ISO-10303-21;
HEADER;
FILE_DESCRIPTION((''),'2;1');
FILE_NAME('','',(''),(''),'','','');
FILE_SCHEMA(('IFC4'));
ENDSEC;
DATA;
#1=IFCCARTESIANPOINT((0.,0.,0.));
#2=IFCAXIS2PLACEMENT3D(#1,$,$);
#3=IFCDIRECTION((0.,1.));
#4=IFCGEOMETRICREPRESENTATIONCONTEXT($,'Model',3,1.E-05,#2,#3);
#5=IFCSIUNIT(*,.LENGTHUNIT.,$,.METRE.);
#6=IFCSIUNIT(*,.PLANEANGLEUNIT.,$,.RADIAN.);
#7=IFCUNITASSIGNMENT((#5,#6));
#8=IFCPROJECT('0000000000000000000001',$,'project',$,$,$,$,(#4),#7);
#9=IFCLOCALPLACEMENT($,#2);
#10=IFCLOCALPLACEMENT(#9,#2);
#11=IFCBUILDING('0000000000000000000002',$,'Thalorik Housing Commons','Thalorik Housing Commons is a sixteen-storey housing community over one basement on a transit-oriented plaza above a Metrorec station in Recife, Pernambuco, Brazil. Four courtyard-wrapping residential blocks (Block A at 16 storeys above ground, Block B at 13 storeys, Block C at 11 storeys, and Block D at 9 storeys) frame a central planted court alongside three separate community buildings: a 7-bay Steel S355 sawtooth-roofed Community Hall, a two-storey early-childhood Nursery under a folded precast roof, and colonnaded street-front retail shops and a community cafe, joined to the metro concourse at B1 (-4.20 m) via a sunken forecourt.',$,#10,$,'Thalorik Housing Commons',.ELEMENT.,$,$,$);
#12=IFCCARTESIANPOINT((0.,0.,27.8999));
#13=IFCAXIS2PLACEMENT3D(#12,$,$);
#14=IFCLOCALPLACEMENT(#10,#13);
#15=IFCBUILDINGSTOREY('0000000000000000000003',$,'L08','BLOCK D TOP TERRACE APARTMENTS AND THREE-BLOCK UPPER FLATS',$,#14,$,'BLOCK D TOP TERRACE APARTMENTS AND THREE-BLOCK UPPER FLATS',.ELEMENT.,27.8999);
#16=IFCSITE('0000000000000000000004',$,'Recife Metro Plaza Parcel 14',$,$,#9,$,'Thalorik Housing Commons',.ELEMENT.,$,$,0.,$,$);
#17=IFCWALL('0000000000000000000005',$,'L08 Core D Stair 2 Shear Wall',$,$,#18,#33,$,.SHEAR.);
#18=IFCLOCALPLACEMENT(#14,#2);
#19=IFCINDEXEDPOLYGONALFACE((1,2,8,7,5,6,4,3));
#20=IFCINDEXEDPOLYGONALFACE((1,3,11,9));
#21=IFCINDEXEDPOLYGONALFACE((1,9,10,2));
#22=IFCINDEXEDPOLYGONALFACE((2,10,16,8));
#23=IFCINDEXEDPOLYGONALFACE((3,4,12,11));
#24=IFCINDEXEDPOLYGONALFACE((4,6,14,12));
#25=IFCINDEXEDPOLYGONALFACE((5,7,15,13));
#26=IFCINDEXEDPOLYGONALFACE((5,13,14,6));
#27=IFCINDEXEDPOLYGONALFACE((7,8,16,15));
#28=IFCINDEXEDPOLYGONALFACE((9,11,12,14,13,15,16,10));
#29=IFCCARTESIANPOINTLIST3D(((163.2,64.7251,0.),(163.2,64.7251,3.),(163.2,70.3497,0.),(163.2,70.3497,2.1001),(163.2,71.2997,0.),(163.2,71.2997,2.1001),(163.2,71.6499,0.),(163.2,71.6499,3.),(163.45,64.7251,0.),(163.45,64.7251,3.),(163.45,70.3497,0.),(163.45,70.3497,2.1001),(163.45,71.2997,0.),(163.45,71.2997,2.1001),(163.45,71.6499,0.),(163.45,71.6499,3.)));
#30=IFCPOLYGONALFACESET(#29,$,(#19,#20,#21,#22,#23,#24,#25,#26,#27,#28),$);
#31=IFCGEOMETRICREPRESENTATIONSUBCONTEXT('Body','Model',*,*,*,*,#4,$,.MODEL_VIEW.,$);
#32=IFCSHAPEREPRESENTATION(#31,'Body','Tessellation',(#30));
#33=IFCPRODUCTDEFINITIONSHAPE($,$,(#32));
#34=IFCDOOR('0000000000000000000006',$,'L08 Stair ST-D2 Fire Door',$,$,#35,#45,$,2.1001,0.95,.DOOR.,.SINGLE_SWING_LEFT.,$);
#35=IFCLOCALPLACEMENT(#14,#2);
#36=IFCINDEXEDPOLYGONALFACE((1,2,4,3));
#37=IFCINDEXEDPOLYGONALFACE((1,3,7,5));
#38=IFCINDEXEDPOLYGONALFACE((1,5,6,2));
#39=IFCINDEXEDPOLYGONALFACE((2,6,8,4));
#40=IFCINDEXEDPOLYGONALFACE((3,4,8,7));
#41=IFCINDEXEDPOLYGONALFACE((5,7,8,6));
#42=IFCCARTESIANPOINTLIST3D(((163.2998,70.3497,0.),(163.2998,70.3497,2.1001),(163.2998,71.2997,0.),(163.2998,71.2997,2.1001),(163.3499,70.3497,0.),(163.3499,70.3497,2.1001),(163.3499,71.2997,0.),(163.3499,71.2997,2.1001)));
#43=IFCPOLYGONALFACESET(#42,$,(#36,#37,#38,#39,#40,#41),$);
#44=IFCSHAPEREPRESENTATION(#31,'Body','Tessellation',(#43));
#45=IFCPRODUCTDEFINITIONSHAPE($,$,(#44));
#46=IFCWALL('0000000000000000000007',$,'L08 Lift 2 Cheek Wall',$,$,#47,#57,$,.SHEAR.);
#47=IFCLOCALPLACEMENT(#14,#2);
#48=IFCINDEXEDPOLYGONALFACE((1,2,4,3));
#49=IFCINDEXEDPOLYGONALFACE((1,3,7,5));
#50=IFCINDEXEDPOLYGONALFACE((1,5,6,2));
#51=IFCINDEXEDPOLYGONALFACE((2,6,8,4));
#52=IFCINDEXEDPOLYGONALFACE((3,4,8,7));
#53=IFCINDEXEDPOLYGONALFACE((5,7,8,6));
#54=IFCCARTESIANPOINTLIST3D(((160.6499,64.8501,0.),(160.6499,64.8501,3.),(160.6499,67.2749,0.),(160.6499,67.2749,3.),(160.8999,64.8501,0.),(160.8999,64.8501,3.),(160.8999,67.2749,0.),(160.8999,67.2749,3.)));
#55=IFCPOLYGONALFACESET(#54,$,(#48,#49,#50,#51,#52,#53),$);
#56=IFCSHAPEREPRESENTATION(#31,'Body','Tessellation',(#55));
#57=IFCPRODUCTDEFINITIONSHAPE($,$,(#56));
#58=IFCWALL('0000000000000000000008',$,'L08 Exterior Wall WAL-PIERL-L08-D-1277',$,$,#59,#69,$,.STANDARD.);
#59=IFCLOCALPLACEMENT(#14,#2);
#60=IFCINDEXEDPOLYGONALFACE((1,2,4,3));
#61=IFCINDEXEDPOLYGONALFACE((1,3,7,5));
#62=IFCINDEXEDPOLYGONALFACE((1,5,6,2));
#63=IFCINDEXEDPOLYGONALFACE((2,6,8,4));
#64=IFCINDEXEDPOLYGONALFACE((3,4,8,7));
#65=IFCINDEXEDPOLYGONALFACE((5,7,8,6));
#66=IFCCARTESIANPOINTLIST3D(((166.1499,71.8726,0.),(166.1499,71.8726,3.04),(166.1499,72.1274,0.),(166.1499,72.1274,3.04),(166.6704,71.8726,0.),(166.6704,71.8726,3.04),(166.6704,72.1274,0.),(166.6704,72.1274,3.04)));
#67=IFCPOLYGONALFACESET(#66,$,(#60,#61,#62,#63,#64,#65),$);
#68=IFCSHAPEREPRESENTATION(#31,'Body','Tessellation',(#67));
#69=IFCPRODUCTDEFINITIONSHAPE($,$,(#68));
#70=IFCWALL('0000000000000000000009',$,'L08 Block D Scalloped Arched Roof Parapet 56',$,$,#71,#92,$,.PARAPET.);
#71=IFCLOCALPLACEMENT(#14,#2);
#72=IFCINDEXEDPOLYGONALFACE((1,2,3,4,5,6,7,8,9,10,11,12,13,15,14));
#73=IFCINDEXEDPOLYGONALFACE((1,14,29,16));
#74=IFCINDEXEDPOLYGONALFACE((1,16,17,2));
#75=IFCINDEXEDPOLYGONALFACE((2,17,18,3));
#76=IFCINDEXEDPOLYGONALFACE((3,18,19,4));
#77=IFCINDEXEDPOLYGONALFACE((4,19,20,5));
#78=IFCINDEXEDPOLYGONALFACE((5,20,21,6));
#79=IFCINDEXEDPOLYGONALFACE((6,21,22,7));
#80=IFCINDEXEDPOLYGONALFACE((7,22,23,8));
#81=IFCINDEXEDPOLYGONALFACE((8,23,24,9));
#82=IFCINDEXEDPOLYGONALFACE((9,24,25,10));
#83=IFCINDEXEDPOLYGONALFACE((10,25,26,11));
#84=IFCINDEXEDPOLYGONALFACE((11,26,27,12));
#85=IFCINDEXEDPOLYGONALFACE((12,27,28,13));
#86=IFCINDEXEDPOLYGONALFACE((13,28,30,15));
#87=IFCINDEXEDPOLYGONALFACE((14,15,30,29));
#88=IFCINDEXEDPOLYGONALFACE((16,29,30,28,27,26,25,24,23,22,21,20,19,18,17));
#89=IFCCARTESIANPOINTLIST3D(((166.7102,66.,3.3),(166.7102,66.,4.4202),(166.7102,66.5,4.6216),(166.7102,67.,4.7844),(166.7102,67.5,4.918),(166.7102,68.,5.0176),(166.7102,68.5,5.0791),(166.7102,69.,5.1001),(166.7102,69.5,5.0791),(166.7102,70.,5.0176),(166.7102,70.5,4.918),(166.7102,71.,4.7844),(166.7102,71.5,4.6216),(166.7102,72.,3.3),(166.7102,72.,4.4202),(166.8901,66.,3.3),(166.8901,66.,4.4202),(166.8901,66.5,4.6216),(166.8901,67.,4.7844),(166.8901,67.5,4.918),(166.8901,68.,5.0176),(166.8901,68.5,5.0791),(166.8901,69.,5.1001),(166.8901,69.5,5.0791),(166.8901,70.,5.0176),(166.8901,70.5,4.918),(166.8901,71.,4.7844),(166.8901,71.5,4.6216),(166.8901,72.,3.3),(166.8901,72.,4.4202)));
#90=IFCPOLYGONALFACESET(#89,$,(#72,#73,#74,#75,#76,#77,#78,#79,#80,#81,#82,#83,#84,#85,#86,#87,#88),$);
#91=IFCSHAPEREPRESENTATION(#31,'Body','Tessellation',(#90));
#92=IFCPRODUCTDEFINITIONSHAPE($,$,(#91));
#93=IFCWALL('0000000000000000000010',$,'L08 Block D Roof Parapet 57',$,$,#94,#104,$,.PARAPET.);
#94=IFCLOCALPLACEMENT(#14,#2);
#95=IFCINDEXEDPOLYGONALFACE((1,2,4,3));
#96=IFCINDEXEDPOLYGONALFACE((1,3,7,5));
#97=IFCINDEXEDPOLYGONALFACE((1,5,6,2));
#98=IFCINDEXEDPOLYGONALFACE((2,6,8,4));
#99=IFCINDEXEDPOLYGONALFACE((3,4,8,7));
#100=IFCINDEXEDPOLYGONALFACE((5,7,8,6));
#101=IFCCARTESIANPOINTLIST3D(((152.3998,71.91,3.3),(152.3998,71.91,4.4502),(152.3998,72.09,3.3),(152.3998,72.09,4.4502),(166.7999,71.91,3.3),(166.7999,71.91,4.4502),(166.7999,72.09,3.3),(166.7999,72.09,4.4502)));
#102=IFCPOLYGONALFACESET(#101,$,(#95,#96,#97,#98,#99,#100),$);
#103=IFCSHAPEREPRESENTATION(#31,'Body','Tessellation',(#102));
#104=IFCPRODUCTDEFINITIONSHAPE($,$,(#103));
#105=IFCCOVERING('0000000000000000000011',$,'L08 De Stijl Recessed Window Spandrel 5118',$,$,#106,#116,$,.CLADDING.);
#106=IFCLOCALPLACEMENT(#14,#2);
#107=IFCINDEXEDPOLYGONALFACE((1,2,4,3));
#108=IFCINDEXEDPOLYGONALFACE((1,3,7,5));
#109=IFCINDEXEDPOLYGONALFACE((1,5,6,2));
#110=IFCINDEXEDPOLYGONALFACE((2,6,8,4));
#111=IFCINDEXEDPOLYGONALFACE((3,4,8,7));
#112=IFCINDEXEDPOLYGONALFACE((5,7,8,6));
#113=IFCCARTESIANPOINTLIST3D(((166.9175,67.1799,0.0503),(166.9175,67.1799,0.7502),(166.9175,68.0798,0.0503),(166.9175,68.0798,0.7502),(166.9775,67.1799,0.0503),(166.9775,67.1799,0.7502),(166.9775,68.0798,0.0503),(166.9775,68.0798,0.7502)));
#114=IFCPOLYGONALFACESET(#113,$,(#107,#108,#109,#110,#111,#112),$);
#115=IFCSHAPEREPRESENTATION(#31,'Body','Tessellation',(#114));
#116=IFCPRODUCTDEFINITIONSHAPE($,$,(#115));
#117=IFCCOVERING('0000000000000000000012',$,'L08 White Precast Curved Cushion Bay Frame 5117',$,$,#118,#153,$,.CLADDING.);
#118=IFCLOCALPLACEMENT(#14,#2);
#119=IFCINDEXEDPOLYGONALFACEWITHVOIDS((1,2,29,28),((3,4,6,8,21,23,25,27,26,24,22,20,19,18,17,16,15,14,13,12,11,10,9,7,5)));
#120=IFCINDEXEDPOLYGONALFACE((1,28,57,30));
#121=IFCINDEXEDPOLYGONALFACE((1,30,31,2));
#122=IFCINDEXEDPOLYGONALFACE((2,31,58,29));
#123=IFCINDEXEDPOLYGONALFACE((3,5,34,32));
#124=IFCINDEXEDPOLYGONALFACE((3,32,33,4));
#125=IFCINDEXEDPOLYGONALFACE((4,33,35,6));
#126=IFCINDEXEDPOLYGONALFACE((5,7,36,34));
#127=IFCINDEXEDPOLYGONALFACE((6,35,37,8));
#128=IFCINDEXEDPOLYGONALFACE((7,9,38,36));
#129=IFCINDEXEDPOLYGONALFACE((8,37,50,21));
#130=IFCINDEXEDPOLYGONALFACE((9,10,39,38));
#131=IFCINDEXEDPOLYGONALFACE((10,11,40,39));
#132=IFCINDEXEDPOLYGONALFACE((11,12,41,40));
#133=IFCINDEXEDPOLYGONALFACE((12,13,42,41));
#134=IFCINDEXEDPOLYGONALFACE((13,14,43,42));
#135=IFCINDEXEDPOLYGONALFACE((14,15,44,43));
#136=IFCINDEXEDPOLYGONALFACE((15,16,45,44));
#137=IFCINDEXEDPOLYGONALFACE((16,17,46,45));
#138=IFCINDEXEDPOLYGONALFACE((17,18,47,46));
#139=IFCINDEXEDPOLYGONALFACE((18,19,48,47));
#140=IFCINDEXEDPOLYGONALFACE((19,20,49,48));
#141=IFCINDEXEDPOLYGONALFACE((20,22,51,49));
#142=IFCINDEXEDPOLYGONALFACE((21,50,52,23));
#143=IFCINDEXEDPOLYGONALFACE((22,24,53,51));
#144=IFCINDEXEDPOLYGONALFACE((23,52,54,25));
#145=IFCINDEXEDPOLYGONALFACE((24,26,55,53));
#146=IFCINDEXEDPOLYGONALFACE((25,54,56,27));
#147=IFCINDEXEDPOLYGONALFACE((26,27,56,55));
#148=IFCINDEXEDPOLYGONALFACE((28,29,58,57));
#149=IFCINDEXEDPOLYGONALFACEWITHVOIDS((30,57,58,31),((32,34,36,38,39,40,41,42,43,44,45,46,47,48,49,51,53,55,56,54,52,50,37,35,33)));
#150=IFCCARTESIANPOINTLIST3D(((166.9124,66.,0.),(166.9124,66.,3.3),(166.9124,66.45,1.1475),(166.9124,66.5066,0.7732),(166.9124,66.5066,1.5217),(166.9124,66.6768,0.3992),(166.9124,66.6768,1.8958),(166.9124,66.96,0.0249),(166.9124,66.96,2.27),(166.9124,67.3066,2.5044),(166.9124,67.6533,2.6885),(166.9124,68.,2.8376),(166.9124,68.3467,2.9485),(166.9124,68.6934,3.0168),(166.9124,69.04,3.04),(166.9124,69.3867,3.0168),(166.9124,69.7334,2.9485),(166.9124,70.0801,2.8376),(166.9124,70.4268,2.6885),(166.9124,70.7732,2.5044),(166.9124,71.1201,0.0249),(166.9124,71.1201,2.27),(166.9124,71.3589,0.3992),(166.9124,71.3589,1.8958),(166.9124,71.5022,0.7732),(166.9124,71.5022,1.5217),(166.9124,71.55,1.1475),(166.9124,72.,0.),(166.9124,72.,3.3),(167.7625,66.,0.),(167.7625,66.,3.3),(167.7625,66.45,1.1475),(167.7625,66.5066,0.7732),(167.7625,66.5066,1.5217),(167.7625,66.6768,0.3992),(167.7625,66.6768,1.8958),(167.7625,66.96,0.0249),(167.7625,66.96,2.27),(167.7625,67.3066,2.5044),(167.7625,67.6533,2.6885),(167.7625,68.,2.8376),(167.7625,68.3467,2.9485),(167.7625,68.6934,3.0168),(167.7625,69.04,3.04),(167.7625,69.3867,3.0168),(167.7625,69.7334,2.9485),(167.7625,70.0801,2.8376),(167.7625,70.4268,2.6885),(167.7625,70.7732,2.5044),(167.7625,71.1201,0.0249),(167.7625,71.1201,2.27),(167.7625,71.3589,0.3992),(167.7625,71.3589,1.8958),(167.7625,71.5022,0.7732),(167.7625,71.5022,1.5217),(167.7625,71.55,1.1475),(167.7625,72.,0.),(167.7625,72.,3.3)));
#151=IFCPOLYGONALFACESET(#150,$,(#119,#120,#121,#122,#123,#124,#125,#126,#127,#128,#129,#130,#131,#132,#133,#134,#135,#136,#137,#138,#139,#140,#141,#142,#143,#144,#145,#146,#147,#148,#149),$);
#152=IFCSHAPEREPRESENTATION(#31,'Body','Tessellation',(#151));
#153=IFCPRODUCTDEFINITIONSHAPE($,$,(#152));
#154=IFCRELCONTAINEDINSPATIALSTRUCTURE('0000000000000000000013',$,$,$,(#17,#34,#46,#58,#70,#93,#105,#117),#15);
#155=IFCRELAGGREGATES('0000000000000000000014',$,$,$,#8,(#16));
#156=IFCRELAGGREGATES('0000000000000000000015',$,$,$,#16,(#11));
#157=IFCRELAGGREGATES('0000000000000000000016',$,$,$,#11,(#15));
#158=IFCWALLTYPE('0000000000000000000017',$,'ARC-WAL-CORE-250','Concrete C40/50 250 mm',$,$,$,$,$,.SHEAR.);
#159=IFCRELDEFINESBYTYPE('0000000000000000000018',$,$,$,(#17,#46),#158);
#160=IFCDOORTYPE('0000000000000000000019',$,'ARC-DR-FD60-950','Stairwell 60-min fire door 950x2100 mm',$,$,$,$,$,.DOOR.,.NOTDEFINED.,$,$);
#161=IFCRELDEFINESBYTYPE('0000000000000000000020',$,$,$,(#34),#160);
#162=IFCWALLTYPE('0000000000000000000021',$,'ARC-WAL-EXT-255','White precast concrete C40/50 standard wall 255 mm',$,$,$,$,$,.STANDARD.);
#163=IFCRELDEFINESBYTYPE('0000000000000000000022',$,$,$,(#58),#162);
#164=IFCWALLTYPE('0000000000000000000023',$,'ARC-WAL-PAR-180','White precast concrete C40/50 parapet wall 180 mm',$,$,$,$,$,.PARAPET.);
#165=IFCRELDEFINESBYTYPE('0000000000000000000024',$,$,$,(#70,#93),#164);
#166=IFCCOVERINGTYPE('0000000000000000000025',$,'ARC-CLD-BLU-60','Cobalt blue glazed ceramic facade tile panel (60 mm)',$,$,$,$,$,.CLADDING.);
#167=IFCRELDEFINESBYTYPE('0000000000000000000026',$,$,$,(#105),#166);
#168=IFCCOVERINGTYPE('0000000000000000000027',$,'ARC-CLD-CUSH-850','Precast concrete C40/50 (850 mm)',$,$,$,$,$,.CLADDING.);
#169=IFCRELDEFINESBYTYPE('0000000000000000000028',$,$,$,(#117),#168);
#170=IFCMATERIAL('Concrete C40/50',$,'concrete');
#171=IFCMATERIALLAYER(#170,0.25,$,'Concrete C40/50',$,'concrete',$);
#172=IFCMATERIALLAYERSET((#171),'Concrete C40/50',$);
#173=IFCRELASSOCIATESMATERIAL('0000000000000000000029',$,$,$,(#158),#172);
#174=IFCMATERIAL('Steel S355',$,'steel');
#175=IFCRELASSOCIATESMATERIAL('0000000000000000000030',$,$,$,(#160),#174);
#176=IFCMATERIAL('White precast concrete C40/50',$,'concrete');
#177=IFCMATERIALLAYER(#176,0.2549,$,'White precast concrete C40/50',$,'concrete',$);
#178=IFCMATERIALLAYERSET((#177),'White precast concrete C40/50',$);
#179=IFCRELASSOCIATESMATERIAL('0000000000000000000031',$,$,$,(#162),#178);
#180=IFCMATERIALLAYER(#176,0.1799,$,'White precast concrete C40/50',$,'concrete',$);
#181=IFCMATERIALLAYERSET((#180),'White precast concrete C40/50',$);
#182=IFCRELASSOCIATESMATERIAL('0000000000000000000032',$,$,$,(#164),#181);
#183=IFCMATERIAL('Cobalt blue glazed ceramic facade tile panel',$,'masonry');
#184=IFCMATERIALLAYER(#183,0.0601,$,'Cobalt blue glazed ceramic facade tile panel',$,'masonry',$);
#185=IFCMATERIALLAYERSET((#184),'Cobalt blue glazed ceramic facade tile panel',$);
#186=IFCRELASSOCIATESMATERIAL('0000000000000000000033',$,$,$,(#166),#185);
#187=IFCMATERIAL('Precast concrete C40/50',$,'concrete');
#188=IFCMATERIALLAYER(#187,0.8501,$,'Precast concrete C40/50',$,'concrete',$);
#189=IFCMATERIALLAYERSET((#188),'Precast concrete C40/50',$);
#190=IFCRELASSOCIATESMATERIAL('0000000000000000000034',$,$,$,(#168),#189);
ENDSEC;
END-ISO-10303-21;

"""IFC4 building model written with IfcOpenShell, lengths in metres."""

from ifc_helpers import new_model, si_unit, direction, frame, frame_2d, origin, origin_2d, place, context, subcontext, project, spatial, polyline, rectangle, outline, extrude, material, layer, layer_set, type_object, element, fill, save


model = new_model("IFC4")

# Units and contexts
model_context = context("Model", 3, precision=1e-05, world=origin(), true_north=direction((0.0, 1.0)))
body_context = subcontext(model_context, "Body", "Model", "MODEL_VIEW")
ifc_project = project(units=[si_unit("LENGTHUNIT", "METRE"), si_unit("PLANEANGLEUNIT", "RADIAN")], contexts=[model_context])

# Site, building, storey
site_placement = place(None, origin())
site = spatial("IfcSite", under=ifc_project, at=site_placement, Name="Recife Metro Plaza Parcel 14", LongName="Thalorik Housing Commons", CompositionType="ELEMENT", RefElevation=0.0)
building_placement = place(site_placement, origin())
building = spatial("IfcBuilding", under=site, at=building_placement, Name="Thalorik Housing Commons", Description="Thalorik Housing Commons is a sixteen-storey housing community over one basement on a transit-oriented plaza above a Metrorec station in Recife, Pernambuco, Brazil. Four courtyard-wrapping residential blocks (Block A at 16 storeys above ground, Block B at 13 storeys, Block C at 11 storeys, and Block D at 9 storeys) frame a central planted court alongside three separate community buildings: a 7-bay Steel S355 sawtooth-roofed Community Hall, a two-storey early-childhood Nursery under a folded precast roof, and colonnaded street-front retail shops and a community cafe, joined to the metro concourse at B1 (-4.20 m) via a sunken forecourt.", LongName="Thalorik Housing Commons", CompositionType="ELEMENT")
storey_placement = place(building_placement, frame((0.0, 0.0, 27.8999)))
storey = spatial("IfcBuildingStorey", under=building, at=storey_placement, Name="L08", Description="BLOCK D TOP TERRACE APARTMENTS AND THREE-BLOCK UPPER FLATS", LongName="BLOCK D TOP TERRACE APARTMENTS AND THREE-BLOCK UPPER FLATS", CompositionType="ELEMENT", Elevation=27.8999)

# Shared definitions
ifc_material_1 = material(Name="Precast concrete C40/50", Category="concrete")

# Shared definitions
ifc_material_2 = material(Name="Concrete C40/50", Category="concrete")
ifc_layer_1 = layer(ifc_material_2, 0.25, Name="Concrete C40/50", Category="concrete")
ifc_layer_set_1 = layer_set([ifc_layer_1], Name="Concrete C40/50")
wall_type_1 = type_object("IfcWallType", Name="ARC-WAL-CORE-250", Description="Concrete C40/50 250 mm", PredefinedType="SHEAR", material=ifc_layer_set_1)

# Wall, opening, door
wall_1_placement = place(storey_placement, frame((163.325, 71.6499, 0.0), z_axis=(0.0, 0.0, 1.0), x_axis=(0.0, -1.0, 0.0)))
wall_1 = element("IfcWall", 1, at=wall_1_placement, inside=storey, type_object=wall_type_1, Name="L08 Core D Stair 2 Shear Wall", PredefinedType="SHEAR", context=body_context, shape_type="SweptSolid", body=[
    extrude(rectangle(XDim=6.9248, YDim=0.25, at=frame_2d((3.4624, 0.0))), origin(), (0.0, 0.0, 1.0), 3.0),
])
opening_1_placement = place(wall_1_placement, frame((0.3501, 0.0, 0.0)))
opening_1 = element("IfcOpeningElement", 2, at=opening_1_placement, cuts=wall_1, PredefinedType="OPENING", context=body_context, shape_type="SweptSolid", body=[
    extrude(rectangle(XDim=0.95, YDim=2.1001, at=frame_2d((0.4751, 1.05))), frame((0.0, 0.135, 0.0), z_axis=(0.0, -1.0, 0.0), x_axis=(1.0, 0.0, 0.0)), (0.0, 0.0, 1.0), 0.27),
])
ifc_material_3 = material(Name="Steel S355", Category="steel")
door_type_1 = type_object("IfcDoorType", Name="ARC-DR-FD60-950", Description="Stairwell 60-min fire door 950x2100 mm", OperationType="NOTDEFINED", PredefinedType="DOOR", material=ifc_material_3)
door_1_placement = place(opening_1_placement, origin())
door_1 = element("IfcDoor", 3, at=door_1_placement, inside=storey, type_object=door_type_1, Name="L08 Stair ST-D2 Fire Door", OperationType="SINGLE_SWING_LEFT", OverallHeight=2.1001, OverallWidth=0.95, PredefinedType="DOOR", context=body_context, shape_type="SweptSolid", body=[
    extrude(rectangle(XDim=0.95, YDim=2.1001, at=frame_2d((0.4751, 1.05))), frame((0.0, 0.0249, 0.0), z_axis=(0.0, -1.0, 0.0), x_axis=(1.0, 0.0, 0.0)), (0.0, 0.0, 1.0), 0.05),
])
fill(opening_1, door_1)

# Walls
wall_2_placement = place(storey_placement, frame((160.7749, 67.2749, 0.0), z_axis=(0.0, 0.0, 1.0), x_axis=(0.0, -1.0, 0.0)))
element("IfcWall", 4, at=wall_2_placement, inside=storey, type_object=wall_type_1, Name="L08 Lift 2 Cheek Wall", PredefinedType="SHEAR", context=body_context, shape_type="SweptSolid", body=[
    extrude(rectangle(XDim=2.4248, YDim=0.25, at=frame_2d((1.2124, 0.0))), origin(), (0.0, 0.0, 1.0), 3.0),
])
ifc_material_4 = material(Name="White precast concrete C40/50", Category="concrete")
ifc_layer_2 = layer(ifc_material_4, 0.2549, Name="White precast concrete C40/50", Category="concrete")
ifc_layer_set_2 = layer_set([ifc_layer_2], Name="White precast concrete C40/50")
wall_type_2 = type_object("IfcWallType", Name="ARC-WAL-EXT-255", Description="White precast concrete C40/50 standard wall 255 mm", PredefinedType="STANDARD", material=ifc_layer_set_2)
wall_3_placement = place(storey_placement, frame((166.6704, 72.0, 0.0), z_axis=(0.0, 0.0, 1.0), x_axis=(-1.0, 0.0, 0.0)))
element("IfcWall", 5, at=wall_3_placement, inside=storey, type_object=wall_type_2, Name="L08 Exterior Wall WAL-PIERL-L08-D-1277", PredefinedType="STANDARD", context=body_context, shape_type="SweptSolid", body=[
    extrude(rectangle(XDim=0.5205, YDim=0.2549, at=frame_2d((0.2603, 0.0))), origin(), (0.0, 0.0, 1.0), 3.04),
])
ifc_layer_3 = layer(ifc_material_4, 0.1799, Name="White precast concrete C40/50", Category="concrete")
ifc_layer_set_3 = layer_set([ifc_layer_3], Name="White precast concrete C40/50")
wall_type_3 = type_object("IfcWallType", Name="ARC-WAL-PAR-180", Description="White precast concrete C40/50 parapet wall 180 mm", PredefinedType="PARAPET", material=ifc_layer_set_3)
wall_4_placement = place(storey_placement, frame((166.8, 66.0, 3.3), z_axis=(0.0, 0.0, 1.0), x_axis=(0.0, 1.0, 0.0)))
element("IfcWall", 6, at=wall_4_placement, inside=storey, type_object=wall_type_3, Name="L08 Block D Scalloped Arched Roof Parapet 56", PredefinedType="PARAPET", context=body_context, shape_type="SweptSolid", body=[
    extrude(outline(polyline([(0.0, 0.0), (6.0, 0.0), (6.0, 1.1201), (5.5, 1.3215), (5.0, 1.4844), (4.5, 1.6179), (4.0, 1.7175), (3.5, 1.7791), (3.0, 1.8), (2.5, 1.7791), (2.0, 1.7175), (1.5, 1.6179), (1.0, 1.4844), (0.5, 1.3215), (0.0, 1.1201), (0.0, 0.0)])), frame((0.0, 0.0898, 0.0), z_axis=(0.0, -1.0, 0.0), x_axis=(1.0, 0.0, 0.0)), (0.0, 0.0, 1.0), 0.1799),
])
wall_5_placement = place(storey_placement, frame((166.8, 72.0, 3.3), z_axis=(0.0, 0.0, 1.0), x_axis=(-1.0, 0.0, 0.0)))
element("IfcWall", 7, at=wall_5_placement, inside=storey, type_object=wall_type_3, Name="L08 Block D Roof Parapet 57", PredefinedType="PARAPET", context=body_context, shape_type="SweptSolid", body=[
    extrude(rectangle(XDim=14.4001, YDim=0.1799, at=frame_2d((7.2002, 0.0))), origin(), (0.0, 0.0, 1.0), 1.1501),
])

# Coverings
ifc_material_5 = material(Name="Cobalt blue glazed ceramic facade tile panel", Category="masonry")
ifc_layer_4 = layer(ifc_material_5, 0.0601, Name="Cobalt blue glazed ceramic facade tile panel", Category="masonry")
ifc_layer_set_4 = layer_set([ifc_layer_4], Name="Cobalt blue glazed ceramic facade tile panel")
covering_type_1 = type_object("IfcCoveringType", Name="ARC-CLD-BLU-60", Description="Cobalt blue glazed ceramic facade tile panel (60 mm)", PredefinedType="CLADDING", material=ifc_layer_set_4)
covering_1_placement = place(storey_placement, frame((166.9475, 67.6299, 0.0503), z_axis=(0.0, 0.0, 1.0), x_axis=(0.0, 1.0, 0.0)))
element("IfcCovering", 8, at=covering_1_placement, inside=storey, type_object=covering_type_1, Name="L08 De Stijl Recessed Window Spandrel 5118", PredefinedType="CLADDING", context=body_context, shape_type="SweptSolid", body=[
    extrude(rectangle(XDim=0.8999, YDim=0.0601, at=origin_2d()), origin(), (0.0, 0.0, 1.0), 0.7),
])
ifc_layer_5 = layer(ifc_material_1, 0.8501, Name="Precast concrete C40/50", Category="concrete")
ifc_layer_set_5 = layer_set([ifc_layer_5], Name="Precast concrete C40/50")
covering_type_2 = type_object("IfcCoveringType", Name="ARC-CLD-CUSH-850", Description="Precast concrete C40/50 (850 mm)", PredefinedType="CLADDING", material=ifc_layer_set_5)
covering_2_placement = place(storey_placement, frame((167.3374, 69.0, 0.0), z_axis=(0.0, 0.0, 1.0), x_axis=(0.0, 1.0, 0.0)))
element("IfcCovering", 9, at=covering_2_placement, inside=storey, type_object=covering_type_2, Name="L08 White Precast Curved Cushion Bay Frame 5117", PredefinedType="CLADDING", context=body_context, shape_type="SweptSolid", body=[
    extrude(outline(polyline([(-3.0, 0.0), (3.0, 0.0), (3.0, 3.3), (-3.0, 3.3), (-3.0, 0.0)]), holes=[polyline([(2.1201, 0.0249), (2.3589, 0.3992), (2.5022, 0.7732), (2.55, 1.1475), (2.5022, 1.5217), (2.3589, 1.8958), (2.1201, 2.27), (1.7732, 2.5044), (1.4268, 2.6885), (1.0801, 2.8376), (0.7334, 2.9485), (0.3867, 3.0168), (0.04, 3.04), (-0.3066, 3.0168), (-0.6533, 2.9485), (-1.0, 2.8376), (-1.3467, 2.6885), (-1.6934, 2.5044), (-2.04, 2.27), (-2.3232, 1.8958), (-2.4934, 1.5217), (-2.55, 1.1475), (-2.4934, 0.7732), (-2.3232, 0.3992), (-2.04, 0.0249), (2.1201, 0.0249)])]), frame((0.0, 0.425, 0.0), z_axis=(0.0, -1.0, 0.0), x_axis=(1.0, 0.0, 0.0)), (0.0, 0.0, 1.0), 0.8501),
])

save(model, "model.ifc")
